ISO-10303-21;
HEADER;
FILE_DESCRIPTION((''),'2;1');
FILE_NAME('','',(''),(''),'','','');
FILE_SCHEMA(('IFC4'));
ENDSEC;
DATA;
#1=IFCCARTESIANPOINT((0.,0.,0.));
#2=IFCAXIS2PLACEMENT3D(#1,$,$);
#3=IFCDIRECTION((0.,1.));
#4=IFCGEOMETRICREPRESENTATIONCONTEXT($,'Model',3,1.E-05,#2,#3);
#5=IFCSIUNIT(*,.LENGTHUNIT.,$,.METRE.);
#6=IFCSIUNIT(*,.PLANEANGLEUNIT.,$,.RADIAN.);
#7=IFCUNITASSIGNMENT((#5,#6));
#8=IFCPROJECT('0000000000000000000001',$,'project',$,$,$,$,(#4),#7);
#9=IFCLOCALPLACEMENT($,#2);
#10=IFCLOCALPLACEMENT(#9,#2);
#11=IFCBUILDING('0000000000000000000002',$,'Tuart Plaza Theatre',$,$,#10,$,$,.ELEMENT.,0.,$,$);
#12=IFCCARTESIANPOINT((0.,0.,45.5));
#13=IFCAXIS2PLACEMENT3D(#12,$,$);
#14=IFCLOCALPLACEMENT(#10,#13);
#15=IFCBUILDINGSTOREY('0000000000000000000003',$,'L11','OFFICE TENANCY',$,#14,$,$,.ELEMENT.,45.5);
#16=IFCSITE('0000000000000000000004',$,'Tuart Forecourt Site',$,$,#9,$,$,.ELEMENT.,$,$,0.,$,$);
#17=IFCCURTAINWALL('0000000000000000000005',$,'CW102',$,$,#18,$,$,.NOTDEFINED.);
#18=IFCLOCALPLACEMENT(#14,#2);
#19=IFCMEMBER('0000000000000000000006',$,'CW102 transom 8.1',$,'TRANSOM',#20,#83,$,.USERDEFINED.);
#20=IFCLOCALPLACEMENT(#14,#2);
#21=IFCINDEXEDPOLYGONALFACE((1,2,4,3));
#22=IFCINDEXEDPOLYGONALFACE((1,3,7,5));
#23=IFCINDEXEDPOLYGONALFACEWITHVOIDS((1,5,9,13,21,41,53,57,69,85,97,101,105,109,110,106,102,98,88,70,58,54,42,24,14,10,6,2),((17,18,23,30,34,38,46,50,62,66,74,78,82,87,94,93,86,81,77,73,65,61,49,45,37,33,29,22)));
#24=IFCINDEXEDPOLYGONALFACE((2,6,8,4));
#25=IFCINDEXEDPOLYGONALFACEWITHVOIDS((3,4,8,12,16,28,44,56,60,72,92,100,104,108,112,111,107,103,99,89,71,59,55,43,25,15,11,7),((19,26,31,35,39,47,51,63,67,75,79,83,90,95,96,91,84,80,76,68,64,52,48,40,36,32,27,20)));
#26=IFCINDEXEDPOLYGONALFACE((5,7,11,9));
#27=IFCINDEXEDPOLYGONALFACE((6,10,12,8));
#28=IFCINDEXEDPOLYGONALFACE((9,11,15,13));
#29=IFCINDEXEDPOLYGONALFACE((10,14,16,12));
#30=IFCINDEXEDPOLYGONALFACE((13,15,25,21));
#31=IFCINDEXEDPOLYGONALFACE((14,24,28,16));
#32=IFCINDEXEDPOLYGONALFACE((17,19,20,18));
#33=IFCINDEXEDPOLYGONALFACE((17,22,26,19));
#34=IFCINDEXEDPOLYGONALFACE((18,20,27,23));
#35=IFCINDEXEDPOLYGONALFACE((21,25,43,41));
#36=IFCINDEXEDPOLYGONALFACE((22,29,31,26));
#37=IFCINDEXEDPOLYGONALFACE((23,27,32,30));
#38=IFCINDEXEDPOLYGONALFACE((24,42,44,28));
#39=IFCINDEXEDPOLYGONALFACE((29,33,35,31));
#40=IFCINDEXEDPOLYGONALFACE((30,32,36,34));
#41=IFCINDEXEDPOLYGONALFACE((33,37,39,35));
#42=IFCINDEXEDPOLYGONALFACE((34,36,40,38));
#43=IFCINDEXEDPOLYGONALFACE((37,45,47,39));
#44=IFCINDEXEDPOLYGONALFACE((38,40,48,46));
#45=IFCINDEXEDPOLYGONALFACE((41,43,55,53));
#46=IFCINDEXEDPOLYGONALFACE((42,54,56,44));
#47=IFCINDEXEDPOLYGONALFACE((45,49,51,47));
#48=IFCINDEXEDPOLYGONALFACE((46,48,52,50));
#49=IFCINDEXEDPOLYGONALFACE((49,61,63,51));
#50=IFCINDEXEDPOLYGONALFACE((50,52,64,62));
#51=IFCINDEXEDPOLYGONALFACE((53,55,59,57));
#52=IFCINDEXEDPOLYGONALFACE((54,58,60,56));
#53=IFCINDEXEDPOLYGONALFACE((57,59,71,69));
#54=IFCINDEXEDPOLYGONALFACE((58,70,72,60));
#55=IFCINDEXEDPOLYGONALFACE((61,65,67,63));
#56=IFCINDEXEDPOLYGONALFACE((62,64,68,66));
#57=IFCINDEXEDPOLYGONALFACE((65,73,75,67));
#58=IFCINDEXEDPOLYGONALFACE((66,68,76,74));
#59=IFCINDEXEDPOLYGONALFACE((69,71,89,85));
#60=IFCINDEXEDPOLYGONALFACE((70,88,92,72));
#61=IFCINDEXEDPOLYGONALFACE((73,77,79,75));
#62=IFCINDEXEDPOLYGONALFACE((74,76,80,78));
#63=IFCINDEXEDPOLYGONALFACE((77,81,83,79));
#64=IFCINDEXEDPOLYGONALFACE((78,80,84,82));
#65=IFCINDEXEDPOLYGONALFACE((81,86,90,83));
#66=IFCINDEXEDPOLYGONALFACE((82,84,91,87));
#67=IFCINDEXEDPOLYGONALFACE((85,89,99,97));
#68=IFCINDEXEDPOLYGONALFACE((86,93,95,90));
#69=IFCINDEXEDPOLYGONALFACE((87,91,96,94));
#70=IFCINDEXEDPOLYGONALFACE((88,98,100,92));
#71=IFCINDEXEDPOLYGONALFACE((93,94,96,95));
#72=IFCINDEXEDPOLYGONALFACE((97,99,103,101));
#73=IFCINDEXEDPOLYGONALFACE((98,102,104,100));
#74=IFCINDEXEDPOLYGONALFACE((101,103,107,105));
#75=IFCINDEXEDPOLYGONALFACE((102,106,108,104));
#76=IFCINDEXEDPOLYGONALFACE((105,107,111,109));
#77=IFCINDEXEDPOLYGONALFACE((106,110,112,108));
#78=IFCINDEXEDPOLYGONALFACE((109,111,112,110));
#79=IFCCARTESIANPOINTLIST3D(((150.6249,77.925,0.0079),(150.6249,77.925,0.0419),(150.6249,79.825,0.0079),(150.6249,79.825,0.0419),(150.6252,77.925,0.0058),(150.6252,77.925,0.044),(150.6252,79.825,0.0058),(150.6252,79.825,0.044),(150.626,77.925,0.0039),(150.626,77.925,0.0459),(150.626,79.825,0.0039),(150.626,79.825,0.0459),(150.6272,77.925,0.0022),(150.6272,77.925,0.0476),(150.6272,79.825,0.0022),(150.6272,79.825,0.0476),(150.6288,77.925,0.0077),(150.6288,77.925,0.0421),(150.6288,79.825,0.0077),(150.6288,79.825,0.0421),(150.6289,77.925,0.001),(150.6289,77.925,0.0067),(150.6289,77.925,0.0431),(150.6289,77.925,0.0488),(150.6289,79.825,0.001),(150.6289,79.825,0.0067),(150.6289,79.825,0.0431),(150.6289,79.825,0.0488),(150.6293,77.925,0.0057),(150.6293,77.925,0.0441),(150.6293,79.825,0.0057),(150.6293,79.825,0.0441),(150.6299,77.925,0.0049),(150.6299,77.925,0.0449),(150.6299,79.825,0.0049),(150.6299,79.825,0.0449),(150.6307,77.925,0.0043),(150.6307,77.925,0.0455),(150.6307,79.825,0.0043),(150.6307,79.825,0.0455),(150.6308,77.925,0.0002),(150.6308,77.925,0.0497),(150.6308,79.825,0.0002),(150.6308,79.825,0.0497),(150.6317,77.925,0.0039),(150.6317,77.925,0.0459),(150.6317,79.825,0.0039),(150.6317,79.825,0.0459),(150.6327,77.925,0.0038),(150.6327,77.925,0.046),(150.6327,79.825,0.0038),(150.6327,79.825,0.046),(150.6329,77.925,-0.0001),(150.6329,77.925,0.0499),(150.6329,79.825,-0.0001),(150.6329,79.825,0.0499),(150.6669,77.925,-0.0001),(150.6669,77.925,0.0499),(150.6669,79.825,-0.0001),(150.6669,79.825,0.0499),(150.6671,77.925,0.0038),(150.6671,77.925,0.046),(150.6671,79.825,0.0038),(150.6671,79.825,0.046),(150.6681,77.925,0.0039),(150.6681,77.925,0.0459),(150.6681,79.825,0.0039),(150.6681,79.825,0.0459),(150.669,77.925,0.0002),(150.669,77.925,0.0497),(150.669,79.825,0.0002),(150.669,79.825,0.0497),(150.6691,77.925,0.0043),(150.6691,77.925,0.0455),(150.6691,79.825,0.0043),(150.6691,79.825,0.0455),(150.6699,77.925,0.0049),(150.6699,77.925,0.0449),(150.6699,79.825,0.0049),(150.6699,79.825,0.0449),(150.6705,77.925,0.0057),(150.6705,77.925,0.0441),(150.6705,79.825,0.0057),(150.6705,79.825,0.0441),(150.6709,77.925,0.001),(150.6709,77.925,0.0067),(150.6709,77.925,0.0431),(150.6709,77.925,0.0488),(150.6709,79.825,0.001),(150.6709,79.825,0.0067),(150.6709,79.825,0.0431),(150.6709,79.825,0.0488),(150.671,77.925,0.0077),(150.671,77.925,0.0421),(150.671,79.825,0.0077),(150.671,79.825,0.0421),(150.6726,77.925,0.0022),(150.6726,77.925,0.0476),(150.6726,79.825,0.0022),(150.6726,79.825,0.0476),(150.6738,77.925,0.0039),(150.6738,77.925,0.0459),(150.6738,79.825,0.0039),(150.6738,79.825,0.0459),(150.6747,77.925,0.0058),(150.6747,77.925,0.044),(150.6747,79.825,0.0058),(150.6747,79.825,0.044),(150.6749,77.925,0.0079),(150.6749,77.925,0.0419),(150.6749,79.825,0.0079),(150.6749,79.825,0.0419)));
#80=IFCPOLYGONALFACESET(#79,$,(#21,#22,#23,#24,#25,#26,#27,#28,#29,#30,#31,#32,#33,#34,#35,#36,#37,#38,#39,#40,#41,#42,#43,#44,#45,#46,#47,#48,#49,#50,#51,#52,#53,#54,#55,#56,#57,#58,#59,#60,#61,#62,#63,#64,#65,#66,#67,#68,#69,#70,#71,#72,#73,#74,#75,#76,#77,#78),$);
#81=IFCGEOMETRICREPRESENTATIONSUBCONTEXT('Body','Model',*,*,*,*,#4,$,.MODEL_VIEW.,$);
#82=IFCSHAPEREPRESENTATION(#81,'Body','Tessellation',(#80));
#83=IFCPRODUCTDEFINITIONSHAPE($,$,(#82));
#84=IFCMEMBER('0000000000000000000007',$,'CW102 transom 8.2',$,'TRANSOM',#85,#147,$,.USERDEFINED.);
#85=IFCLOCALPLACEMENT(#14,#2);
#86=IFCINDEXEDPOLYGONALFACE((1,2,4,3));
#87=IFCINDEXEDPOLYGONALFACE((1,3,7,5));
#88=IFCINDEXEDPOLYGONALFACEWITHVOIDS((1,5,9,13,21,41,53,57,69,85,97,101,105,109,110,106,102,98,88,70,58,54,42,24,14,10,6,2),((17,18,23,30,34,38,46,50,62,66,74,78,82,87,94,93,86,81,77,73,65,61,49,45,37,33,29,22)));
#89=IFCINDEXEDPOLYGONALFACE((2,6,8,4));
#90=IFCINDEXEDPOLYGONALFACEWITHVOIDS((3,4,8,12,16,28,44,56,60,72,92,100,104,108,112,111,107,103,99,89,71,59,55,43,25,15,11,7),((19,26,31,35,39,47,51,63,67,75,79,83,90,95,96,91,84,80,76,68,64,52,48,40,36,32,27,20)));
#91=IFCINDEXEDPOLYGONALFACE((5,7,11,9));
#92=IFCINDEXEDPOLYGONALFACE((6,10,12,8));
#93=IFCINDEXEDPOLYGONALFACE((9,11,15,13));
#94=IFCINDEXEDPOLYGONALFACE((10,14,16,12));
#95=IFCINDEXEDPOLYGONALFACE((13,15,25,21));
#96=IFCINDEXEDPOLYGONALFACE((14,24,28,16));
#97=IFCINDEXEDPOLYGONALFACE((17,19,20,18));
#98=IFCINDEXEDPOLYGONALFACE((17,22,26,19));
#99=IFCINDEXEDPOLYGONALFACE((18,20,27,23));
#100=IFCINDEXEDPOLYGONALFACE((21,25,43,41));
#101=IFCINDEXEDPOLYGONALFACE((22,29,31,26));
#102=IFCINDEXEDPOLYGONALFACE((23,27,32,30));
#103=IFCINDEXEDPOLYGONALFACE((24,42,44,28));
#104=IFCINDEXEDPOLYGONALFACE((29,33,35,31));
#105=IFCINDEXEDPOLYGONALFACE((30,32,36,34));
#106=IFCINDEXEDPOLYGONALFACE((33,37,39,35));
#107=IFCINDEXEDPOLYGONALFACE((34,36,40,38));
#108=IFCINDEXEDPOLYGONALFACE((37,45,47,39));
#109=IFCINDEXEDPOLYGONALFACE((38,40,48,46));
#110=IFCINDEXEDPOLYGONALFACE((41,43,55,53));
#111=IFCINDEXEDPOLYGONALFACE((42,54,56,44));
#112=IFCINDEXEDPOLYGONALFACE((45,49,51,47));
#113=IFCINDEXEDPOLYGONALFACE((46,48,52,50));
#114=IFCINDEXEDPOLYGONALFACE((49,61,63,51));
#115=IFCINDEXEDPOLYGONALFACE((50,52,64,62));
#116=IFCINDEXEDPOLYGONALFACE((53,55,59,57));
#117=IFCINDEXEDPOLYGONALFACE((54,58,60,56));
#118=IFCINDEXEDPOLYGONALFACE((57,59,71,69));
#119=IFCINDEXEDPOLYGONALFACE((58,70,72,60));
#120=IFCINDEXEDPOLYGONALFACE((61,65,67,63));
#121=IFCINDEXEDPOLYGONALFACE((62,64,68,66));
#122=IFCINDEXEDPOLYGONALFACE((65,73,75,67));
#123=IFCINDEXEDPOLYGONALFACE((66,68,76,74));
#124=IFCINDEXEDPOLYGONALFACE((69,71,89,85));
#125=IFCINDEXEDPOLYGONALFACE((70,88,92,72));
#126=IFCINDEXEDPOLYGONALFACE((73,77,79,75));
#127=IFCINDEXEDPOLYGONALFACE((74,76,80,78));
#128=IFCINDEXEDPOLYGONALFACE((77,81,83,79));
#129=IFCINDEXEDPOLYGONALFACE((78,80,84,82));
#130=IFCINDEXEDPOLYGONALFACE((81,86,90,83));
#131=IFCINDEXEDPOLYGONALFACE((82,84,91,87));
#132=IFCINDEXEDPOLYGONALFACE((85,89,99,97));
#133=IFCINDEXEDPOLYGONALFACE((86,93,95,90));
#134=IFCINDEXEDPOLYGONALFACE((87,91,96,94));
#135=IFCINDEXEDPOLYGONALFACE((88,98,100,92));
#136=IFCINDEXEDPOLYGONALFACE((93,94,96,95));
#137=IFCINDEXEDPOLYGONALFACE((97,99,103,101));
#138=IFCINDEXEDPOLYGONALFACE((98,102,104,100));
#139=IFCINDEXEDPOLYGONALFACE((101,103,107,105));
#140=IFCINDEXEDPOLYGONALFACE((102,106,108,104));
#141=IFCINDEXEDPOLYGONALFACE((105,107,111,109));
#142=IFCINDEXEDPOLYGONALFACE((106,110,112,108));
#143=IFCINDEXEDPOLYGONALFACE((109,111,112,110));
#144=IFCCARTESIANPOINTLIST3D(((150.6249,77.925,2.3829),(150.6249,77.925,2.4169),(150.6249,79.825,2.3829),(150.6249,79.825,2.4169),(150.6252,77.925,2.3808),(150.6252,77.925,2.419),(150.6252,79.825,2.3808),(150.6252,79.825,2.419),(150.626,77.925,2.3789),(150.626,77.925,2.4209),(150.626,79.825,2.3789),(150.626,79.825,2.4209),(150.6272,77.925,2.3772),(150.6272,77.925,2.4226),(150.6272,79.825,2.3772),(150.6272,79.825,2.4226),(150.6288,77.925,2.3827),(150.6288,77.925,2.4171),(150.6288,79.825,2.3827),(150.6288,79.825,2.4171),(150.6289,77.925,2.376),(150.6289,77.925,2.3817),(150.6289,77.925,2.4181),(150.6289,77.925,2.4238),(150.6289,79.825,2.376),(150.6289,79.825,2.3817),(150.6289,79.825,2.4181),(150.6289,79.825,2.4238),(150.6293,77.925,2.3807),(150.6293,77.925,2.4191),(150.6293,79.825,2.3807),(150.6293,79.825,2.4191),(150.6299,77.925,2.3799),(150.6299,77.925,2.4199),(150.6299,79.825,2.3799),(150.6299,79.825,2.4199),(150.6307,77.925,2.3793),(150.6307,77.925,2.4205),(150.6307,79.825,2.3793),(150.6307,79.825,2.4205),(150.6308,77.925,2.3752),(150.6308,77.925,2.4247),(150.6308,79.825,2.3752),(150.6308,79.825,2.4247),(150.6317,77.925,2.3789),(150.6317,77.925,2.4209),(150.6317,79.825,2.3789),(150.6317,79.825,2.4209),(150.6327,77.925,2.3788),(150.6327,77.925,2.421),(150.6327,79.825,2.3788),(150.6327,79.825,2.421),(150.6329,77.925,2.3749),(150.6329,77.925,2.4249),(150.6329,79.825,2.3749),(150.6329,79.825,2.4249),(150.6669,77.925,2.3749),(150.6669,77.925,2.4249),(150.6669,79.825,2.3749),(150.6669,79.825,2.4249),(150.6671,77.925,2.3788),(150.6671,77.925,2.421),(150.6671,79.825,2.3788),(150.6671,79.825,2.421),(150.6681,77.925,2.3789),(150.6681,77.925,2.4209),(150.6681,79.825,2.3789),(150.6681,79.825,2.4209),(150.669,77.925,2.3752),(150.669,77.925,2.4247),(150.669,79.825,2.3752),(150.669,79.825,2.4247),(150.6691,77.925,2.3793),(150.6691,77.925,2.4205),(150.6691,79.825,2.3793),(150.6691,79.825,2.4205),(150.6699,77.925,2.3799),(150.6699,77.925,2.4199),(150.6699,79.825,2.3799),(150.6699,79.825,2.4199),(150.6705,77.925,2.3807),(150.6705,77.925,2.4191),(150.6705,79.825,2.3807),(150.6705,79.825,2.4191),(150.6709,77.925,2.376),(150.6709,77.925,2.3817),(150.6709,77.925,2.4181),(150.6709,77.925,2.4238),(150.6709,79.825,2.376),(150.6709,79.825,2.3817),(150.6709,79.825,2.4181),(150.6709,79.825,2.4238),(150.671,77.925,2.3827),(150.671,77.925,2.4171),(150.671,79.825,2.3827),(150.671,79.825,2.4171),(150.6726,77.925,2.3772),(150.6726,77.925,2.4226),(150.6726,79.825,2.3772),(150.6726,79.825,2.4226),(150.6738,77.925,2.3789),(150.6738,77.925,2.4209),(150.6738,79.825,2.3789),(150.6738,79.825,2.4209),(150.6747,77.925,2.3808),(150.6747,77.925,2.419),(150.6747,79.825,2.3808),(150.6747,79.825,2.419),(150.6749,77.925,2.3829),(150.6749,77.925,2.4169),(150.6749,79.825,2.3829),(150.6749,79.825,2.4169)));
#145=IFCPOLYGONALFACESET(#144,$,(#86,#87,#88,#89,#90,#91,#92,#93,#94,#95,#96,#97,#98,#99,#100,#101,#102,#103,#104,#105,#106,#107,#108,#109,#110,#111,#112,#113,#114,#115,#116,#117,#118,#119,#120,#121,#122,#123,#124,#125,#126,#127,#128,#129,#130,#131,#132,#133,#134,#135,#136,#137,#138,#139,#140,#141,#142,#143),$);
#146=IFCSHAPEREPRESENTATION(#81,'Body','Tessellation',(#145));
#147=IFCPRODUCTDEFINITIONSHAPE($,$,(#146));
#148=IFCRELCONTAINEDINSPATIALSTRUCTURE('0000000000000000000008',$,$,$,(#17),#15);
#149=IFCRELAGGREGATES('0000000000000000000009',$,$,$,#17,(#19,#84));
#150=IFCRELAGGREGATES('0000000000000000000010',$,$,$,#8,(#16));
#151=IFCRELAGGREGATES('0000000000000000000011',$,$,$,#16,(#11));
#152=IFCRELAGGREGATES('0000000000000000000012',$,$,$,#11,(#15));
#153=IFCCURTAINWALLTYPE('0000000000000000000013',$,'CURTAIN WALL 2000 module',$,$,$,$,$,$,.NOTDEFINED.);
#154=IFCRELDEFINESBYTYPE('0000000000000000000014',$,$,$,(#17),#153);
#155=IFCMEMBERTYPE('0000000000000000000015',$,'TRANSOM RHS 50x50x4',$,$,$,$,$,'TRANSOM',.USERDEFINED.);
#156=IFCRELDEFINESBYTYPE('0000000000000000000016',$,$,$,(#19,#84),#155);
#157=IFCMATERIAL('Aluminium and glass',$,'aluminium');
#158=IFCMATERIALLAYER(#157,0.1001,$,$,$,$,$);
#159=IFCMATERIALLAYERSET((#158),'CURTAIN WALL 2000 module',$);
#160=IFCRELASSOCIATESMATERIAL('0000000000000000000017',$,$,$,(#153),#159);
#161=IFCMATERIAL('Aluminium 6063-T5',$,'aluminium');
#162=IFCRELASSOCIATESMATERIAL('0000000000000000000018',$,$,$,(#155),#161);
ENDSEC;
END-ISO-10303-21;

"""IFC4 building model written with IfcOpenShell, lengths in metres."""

from ifc_helpers import new_model, si_unit, direction, frame, origin, origin_2d, place, context, subcontext, project, spatial, hollow_rectangle, extrude, material, layer, layer_set, material_profile, profile_set, type_object, element, aggregate, save


model = new_model("IFC4")

# Units and contexts
model_context = context("Model", 3, precision=1e-05, world=origin(), true_north=direction((0.0, 1.0)))
body_context = subcontext(model_context, "Body", "Model", "MODEL_VIEW")
ifc_project = project(units=[si_unit("LENGTHUNIT", "METRE"), si_unit("PLANEANGLEUNIT", "RADIAN")], contexts=[model_context])

# Site, building, storey
site_placement = place(None, origin())
site = spatial("IfcSite", under=ifc_project, at=site_placement, Name="Tuart Forecourt Site", CompositionType="ELEMENT", RefElevation=0.0)
building_placement = place(site_placement, origin())
building = spatial("IfcBuilding", under=site, at=building_placement, Name="Tuart Plaza Theatre", CompositionType="ELEMENT", ElevationOfRefHeight=0.0)
storey_placement = place(building_placement, frame((0.0, 0.0, 45.5)))
storey = spatial("IfcBuildingStorey", under=building, at=storey_placement, Name="L11", Description="OFFICE TENANCY", CompositionType="ELEMENT", Elevation=45.5)

# Curtain wall, members
ifc_material_1 = material(Name="Aluminium and glass", Category="aluminium")
ifc_layer_1 = layer(ifc_material_1, 0.1001)
ifc_layer_set_1 = layer_set([ifc_layer_1], Name="CURTAIN WALL 2000 module")
curtain_wall_type = type_object("IfcCurtainWallType", Name="CURTAIN WALL 2000 module", PredefinedType="NOTDEFINED", material=ifc_layer_set_1)
curtain_wall_placement = place(storey_placement, origin())
curtain_wall = element("IfcCurtainWall", 1, at=curtain_wall_placement, inside=storey, type_object=curtain_wall_type, Name="CW102", PredefinedType="NOTDEFINED")
ifc_material_2 = material(Name="Aluminium 6063-T5", Category="aluminium")
ifc_material_profile_1 = material_profile(ifc_material_2, hollow_rectangle(XDim=0.05, YDim=0.05, WallThickness=0.0039, InnerFilletRadius=0.0039, OuterFilletRadius=0.0081, at=origin_2d()), Name="RHS 50x50x4")
ifc_profile_set_1 = profile_set([ifc_material_profile_1], Name="Aluminium 6063-T5")
member_type_1 = type_object("IfcMemberType", Name="TRANSOM RHS 50x50x4", ElementType="TRANSOM", PredefinedType="USERDEFINED", material=ifc_profile_set_1)
member_1_placement = place(storey_placement, frame((150.6499, 77.925, 0.0249), z_axis=(0.0, 1.0, 0.0), x_axis=(-1.0, 0.0, 0.0)))
member_1 = element("IfcMember", 2, at=member_1_placement, type_object=member_type_1, Name="CW102 transom 8.1", ObjectType="TRANSOM", PredefinedType="USERDEFINED", context=body_context, shape_type="SweptSolid", body=[
    extrude(hollow_rectangle(XDim=0.05, YDim=0.05, WallThickness=0.0039, InnerFilletRadius=0.0039, OuterFilletRadius=0.0081, at=origin_2d()), origin(), (0.0, 0.0, 1.0), 1.8999),
])
member_2_placement = place(storey_placement, frame((150.6499, 77.925, 2.3999), z_axis=(0.0, 1.0, 0.0), x_axis=(-1.0, 0.0, 0.0)))
member_2 = element("IfcMember", 3, at=member_2_placement, type_object=member_type_1, Name="CW102 transom 8.2", ObjectType="TRANSOM", PredefinedType="USERDEFINED", context=body_context, shape_type="SweptSolid", body=[
    extrude(hollow_rectangle(XDim=0.05, YDim=0.05, WallThickness=0.0039, InnerFilletRadius=0.0039, OuterFilletRadius=0.0081, at=origin_2d()), origin(), (0.0, 0.0, 1.0), 1.8999),
])
aggregate(curtain_wall, [member_1, member_2])

save(model, "model.ifc")
